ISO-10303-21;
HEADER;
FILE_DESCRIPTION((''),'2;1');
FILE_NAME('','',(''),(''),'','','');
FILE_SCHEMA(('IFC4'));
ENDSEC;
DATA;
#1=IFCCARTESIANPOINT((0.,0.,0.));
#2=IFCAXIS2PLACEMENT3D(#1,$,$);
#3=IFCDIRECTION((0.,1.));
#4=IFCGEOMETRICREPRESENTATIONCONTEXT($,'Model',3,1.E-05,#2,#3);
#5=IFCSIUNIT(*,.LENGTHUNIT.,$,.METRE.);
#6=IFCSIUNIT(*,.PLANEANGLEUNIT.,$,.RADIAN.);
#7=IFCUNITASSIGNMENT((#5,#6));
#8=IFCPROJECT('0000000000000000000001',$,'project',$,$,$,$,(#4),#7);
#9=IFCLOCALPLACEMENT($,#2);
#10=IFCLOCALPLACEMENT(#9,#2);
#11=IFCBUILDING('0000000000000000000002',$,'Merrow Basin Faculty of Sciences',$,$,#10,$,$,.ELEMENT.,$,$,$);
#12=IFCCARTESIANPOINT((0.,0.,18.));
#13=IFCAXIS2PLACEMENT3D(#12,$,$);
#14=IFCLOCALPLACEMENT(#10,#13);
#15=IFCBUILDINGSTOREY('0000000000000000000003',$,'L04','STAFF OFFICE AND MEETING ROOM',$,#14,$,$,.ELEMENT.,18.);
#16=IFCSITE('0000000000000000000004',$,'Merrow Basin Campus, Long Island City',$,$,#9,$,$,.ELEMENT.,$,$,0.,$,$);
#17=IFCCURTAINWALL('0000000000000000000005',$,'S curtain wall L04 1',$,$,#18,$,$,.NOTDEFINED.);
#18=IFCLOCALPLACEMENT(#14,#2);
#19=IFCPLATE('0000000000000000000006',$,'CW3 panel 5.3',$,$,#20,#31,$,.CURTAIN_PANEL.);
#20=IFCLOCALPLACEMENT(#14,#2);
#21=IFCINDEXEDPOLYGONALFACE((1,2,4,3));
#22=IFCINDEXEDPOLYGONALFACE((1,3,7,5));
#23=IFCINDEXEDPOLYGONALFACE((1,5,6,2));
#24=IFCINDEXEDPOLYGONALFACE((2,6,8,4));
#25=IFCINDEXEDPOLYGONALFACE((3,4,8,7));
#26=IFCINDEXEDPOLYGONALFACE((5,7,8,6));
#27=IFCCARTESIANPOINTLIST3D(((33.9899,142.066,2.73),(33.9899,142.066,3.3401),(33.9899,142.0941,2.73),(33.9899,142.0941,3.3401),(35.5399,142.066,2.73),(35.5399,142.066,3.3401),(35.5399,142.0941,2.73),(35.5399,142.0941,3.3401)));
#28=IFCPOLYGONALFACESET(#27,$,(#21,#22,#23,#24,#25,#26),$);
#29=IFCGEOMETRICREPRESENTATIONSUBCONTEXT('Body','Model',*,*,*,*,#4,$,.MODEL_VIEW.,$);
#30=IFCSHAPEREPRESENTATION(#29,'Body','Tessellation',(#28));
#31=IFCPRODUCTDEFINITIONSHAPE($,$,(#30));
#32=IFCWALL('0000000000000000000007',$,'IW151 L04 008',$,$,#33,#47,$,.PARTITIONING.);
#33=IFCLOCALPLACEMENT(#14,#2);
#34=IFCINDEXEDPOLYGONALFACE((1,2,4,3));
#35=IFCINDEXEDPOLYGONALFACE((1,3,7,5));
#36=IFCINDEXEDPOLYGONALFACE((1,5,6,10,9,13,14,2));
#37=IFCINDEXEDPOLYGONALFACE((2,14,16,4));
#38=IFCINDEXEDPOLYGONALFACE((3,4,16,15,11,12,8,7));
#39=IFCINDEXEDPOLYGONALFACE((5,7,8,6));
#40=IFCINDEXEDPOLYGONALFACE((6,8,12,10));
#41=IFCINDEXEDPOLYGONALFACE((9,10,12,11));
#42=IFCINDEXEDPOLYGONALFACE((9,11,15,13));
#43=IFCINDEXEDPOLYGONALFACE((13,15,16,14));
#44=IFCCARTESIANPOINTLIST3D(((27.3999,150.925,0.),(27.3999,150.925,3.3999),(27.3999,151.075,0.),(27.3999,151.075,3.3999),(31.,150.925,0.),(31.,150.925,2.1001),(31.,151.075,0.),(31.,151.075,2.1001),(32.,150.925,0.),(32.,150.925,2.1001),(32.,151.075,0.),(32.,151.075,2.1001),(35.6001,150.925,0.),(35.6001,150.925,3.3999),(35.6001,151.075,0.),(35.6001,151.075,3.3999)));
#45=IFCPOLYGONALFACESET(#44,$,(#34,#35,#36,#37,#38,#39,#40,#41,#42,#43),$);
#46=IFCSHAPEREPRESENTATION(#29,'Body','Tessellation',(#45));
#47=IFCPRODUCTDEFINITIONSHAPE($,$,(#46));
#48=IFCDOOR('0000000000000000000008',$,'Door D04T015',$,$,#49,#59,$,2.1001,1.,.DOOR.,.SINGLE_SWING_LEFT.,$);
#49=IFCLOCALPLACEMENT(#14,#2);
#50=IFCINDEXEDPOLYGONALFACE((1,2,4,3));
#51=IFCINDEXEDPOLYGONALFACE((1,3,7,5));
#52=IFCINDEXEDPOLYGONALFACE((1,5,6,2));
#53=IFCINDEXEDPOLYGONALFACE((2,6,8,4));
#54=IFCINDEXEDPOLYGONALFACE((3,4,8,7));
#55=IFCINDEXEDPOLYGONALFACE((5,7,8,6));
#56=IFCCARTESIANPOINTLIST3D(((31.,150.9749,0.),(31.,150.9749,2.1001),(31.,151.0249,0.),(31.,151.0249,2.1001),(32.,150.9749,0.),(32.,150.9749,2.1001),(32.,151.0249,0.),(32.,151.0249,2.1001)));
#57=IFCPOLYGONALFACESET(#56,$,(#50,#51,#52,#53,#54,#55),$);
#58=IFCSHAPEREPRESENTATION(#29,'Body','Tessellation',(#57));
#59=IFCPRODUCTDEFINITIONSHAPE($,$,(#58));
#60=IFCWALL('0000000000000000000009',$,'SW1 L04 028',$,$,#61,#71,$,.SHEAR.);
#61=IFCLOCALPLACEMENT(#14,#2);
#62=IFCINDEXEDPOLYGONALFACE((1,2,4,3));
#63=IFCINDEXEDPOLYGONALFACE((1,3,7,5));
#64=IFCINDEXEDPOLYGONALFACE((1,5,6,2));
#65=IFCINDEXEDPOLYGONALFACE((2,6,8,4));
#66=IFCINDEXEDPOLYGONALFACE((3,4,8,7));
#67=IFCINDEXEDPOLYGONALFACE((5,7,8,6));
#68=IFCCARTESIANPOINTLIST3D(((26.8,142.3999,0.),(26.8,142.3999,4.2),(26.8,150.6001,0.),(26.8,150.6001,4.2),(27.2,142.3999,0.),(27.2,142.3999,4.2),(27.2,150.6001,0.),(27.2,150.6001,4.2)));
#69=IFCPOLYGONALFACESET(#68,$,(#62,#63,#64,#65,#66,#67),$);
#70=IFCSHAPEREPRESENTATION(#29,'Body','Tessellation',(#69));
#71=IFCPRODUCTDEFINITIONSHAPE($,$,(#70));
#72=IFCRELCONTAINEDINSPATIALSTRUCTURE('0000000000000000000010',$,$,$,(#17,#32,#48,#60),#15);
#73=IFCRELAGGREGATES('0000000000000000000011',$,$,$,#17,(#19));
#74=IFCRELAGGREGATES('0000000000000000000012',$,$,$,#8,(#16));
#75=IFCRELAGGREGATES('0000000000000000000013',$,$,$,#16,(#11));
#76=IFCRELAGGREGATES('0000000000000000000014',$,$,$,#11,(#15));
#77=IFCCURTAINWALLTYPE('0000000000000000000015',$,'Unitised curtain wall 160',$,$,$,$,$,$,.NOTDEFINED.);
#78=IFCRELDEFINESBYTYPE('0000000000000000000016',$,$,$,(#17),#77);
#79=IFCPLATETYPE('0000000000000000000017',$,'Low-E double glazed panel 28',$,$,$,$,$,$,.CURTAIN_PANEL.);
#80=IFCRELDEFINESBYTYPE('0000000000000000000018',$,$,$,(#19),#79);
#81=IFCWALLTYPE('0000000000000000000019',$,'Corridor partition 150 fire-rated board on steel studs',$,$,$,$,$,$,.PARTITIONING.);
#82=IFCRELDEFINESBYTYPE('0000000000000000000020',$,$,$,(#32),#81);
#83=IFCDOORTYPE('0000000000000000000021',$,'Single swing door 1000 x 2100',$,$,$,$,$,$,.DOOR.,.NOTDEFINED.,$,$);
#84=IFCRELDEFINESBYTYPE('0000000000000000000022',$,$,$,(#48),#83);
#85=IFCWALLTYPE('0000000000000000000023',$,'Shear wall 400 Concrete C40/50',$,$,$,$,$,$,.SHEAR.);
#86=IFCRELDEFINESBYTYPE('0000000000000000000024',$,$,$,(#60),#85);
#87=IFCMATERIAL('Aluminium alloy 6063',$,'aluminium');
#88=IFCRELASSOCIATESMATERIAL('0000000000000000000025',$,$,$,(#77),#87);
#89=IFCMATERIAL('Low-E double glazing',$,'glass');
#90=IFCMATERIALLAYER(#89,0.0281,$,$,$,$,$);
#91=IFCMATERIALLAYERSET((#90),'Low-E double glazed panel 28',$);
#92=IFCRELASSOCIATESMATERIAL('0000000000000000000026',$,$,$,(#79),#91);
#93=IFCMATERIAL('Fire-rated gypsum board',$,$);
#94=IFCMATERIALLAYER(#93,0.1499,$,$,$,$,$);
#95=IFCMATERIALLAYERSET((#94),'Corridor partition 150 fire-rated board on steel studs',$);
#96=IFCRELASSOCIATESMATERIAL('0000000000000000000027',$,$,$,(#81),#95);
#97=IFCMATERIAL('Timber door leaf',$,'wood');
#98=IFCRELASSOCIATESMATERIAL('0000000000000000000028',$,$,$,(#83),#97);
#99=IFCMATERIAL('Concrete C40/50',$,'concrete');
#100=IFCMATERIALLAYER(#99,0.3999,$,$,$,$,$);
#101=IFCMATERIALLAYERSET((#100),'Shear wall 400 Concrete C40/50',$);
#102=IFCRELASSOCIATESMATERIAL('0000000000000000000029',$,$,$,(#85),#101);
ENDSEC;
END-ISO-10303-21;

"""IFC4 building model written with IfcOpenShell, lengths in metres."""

from ifc_helpers import new_model, si_unit, direction, frame, frame_2d, origin, origin_2d, place, context, subcontext, project, spatial, rectangle, extrude, material, layer, layer_set, type_object, element, fill, aggregate, save


model = new_model("IFC4")

# Units and contexts
model_context = context("Model", 3, precision=1e-05, world=origin(), true_north=direction((0.0, 1.0)))
body_context = subcontext(model_context, "Body", "Model", "MODEL_VIEW")
ifc_project = project(units=[si_unit("LENGTHUNIT", "METRE"), si_unit("PLANEANGLEUNIT", "RADIAN")], contexts=[model_context])

# Site, building, storey
site_placement = place(None, origin())
site = spatial("IfcSite", under=ifc_project, at=site_placement, Name="Merrow Basin Campus, Long Island City", CompositionType="ELEMENT", RefElevation=0.0)
building_placement = place(site_placement, origin())
building = spatial("IfcBuilding", under=site, at=building_placement, Name="Merrow Basin Faculty of Sciences", CompositionType="ELEMENT")
storey_placement = place(building_placement, frame((0.0, 0.0, 18.0)))
storey = spatial("IfcBuildingStorey", under=building, at=storey_placement, Name="L04", Description="STAFF OFFICE AND MEETING ROOM", CompositionType="ELEMENT", Elevation=18.0)

# Curtain wall
ifc_material_1 = material(Name="Aluminium alloy 6063", Category="aluminium")
curtain_wall_type = type_object("IfcCurtainWallType", Name="Unitised curtain wall 160", PredefinedType="NOTDEFINED", material=ifc_material_1)
curtain_wall_placement = place(storey_placement, origin())
curtain_wall = element("IfcCurtainWall", 1, at=curtain_wall_placement, inside=storey, type_object=curtain_wall_type, Name="S curtain wall L04 1", PredefinedType="NOTDEFINED")

# Plate
ifc_material_2 = material(Name="Low-E double glazing", Category="glass")
ifc_layer_1 = layer(ifc_material_2, 0.0281)
ifc_layer_set_1 = layer_set([ifc_layer_1], Name="Low-E double glazed panel 28")
plate_type_1 = type_object("IfcPlateType", Name="Low-E double glazed panel 28", PredefinedType="CURTAIN_PANEL", material=ifc_layer_set_1)
plate_1_placement = place(storey_placement, frame((34.7649, 142.0801, 2.73), z_axis=(0.0, 0.0, 1.0), x_axis=(1.0, 0.0, 0.0)))
plate_1 = element("IfcPlate", 2, at=plate_1_placement, type_object=plate_type_1, Name="CW3 panel 5.3", PredefinedType="CURTAIN_PANEL", context=body_context, shape_type="SweptSolid", body=[
    extrude(rectangle(XDim=1.55, YDim=0.0281, at=origin_2d()), origin(), (0.0, 0.0, 1.0), 0.6101),
])
aggregate(curtain_wall, [plate_1])

# Wall, opening, door
ifc_material_3 = material(Name="Fire-rated gypsum board")
ifc_layer_2 = layer(ifc_material_3, 0.1499)
ifc_layer_set_2 = layer_set([ifc_layer_2], Name="Corridor partition 150 fire-rated board on steel studs")
wall_type_1 = type_object("IfcWallType", Name="Corridor partition 150 fire-rated board on steel studs", PredefinedType="PARTITIONING", material=ifc_layer_set_2)
wall_1_placement = place(storey_placement, frame((27.3999, 151.0, 0.0), z_axis=(0.0, 0.0, 1.0), x_axis=(1.0, 0.0, 0.0)))
wall_1 = element("IfcWall", 3, at=wall_1_placement, inside=storey, type_object=wall_type_1, Name="IW151 L04 008", PredefinedType="PARTITIONING", context=body_context, shape_type="SweptSolid", body=[
    extrude(rectangle(XDim=8.2002, YDim=0.1499, at=frame_2d((4.1001, 0.0))), origin(), (0.0, 0.0, 1.0), 3.3999),
])
opening_placement = place(wall_1_placement, frame((3.6001, 0.0, 0.0)))
opening = element("IfcOpeningElement", 4, at=opening_placement, cuts=wall_1, PredefinedType="OPENING", context=body_context, shape_type="SweptSolid", body=[
    extrude(rectangle(XDim=1.0, YDim=2.1001, at=frame_2d((0.5, 1.05))), frame((0.0, 0.085, 0.0), z_axis=(0.0, -1.0, 0.0), x_axis=(1.0, 0.0, 0.0)), (0.0, 0.0, 1.0), 0.1699),
])
ifc_material_4 = material(Name="Timber door leaf", Category="wood")
door_type = type_object("IfcDoorType", Name="Single swing door 1000 x 2100", OperationType="NOTDEFINED", PredefinedType="DOOR", material=ifc_material_4)
door_placement = place(opening_placement, origin())
door = element("IfcDoor", 5, at=door_placement, inside=storey, type_object=door_type, Name="Door D04T015", OperationType="SINGLE_SWING_LEFT", OverallHeight=2.1001, OverallWidth=1.0, PredefinedType="DOOR", context=body_context, shape_type="SweptSolid", body=[
    extrude(rectangle(XDim=1.0, YDim=2.1001, at=frame_2d((0.5, 1.05))), frame((0.0, 0.0249, 0.0), z_axis=(0.0, -1.0, 0.0), x_axis=(1.0, 0.0, 0.0)), (0.0, 0.0, 1.0), 0.05),
])
fill(opening, door)

# Wall
ifc_material_5 = material(Name="Concrete C40/50", Category="concrete")
ifc_layer_3 = layer(ifc_material_5, 0.3999)
ifc_layer_set_3 = layer_set([ifc_layer_3], Name="Shear wall 400 Concrete C40/50")
wall_type_2 = type_object("IfcWallType", Name="Shear wall 400 Concrete C40/50", PredefinedType="SHEAR", material=ifc_layer_set_3)
wall_2_placement = place(storey_placement, frame((27.0, 142.3999, 0.0), z_axis=(0.0, 0.0, 1.0), x_axis=(0.0, 1.0, 0.0)))
element("IfcWall", 6, at=wall_2_placement, inside=storey, type_object=wall_type_2, Name="SW1 L04 028", PredefinedType="SHEAR", context=body_context, shape_type="SweptSolid", body=[
    extrude(rectangle(XDim=8.2002, YDim=0.3999, at=frame_2d((4.1001, 0.0))), origin(), (0.0, 0.0, 1.0), 4.2),
])

save(model, "model.ifc")
